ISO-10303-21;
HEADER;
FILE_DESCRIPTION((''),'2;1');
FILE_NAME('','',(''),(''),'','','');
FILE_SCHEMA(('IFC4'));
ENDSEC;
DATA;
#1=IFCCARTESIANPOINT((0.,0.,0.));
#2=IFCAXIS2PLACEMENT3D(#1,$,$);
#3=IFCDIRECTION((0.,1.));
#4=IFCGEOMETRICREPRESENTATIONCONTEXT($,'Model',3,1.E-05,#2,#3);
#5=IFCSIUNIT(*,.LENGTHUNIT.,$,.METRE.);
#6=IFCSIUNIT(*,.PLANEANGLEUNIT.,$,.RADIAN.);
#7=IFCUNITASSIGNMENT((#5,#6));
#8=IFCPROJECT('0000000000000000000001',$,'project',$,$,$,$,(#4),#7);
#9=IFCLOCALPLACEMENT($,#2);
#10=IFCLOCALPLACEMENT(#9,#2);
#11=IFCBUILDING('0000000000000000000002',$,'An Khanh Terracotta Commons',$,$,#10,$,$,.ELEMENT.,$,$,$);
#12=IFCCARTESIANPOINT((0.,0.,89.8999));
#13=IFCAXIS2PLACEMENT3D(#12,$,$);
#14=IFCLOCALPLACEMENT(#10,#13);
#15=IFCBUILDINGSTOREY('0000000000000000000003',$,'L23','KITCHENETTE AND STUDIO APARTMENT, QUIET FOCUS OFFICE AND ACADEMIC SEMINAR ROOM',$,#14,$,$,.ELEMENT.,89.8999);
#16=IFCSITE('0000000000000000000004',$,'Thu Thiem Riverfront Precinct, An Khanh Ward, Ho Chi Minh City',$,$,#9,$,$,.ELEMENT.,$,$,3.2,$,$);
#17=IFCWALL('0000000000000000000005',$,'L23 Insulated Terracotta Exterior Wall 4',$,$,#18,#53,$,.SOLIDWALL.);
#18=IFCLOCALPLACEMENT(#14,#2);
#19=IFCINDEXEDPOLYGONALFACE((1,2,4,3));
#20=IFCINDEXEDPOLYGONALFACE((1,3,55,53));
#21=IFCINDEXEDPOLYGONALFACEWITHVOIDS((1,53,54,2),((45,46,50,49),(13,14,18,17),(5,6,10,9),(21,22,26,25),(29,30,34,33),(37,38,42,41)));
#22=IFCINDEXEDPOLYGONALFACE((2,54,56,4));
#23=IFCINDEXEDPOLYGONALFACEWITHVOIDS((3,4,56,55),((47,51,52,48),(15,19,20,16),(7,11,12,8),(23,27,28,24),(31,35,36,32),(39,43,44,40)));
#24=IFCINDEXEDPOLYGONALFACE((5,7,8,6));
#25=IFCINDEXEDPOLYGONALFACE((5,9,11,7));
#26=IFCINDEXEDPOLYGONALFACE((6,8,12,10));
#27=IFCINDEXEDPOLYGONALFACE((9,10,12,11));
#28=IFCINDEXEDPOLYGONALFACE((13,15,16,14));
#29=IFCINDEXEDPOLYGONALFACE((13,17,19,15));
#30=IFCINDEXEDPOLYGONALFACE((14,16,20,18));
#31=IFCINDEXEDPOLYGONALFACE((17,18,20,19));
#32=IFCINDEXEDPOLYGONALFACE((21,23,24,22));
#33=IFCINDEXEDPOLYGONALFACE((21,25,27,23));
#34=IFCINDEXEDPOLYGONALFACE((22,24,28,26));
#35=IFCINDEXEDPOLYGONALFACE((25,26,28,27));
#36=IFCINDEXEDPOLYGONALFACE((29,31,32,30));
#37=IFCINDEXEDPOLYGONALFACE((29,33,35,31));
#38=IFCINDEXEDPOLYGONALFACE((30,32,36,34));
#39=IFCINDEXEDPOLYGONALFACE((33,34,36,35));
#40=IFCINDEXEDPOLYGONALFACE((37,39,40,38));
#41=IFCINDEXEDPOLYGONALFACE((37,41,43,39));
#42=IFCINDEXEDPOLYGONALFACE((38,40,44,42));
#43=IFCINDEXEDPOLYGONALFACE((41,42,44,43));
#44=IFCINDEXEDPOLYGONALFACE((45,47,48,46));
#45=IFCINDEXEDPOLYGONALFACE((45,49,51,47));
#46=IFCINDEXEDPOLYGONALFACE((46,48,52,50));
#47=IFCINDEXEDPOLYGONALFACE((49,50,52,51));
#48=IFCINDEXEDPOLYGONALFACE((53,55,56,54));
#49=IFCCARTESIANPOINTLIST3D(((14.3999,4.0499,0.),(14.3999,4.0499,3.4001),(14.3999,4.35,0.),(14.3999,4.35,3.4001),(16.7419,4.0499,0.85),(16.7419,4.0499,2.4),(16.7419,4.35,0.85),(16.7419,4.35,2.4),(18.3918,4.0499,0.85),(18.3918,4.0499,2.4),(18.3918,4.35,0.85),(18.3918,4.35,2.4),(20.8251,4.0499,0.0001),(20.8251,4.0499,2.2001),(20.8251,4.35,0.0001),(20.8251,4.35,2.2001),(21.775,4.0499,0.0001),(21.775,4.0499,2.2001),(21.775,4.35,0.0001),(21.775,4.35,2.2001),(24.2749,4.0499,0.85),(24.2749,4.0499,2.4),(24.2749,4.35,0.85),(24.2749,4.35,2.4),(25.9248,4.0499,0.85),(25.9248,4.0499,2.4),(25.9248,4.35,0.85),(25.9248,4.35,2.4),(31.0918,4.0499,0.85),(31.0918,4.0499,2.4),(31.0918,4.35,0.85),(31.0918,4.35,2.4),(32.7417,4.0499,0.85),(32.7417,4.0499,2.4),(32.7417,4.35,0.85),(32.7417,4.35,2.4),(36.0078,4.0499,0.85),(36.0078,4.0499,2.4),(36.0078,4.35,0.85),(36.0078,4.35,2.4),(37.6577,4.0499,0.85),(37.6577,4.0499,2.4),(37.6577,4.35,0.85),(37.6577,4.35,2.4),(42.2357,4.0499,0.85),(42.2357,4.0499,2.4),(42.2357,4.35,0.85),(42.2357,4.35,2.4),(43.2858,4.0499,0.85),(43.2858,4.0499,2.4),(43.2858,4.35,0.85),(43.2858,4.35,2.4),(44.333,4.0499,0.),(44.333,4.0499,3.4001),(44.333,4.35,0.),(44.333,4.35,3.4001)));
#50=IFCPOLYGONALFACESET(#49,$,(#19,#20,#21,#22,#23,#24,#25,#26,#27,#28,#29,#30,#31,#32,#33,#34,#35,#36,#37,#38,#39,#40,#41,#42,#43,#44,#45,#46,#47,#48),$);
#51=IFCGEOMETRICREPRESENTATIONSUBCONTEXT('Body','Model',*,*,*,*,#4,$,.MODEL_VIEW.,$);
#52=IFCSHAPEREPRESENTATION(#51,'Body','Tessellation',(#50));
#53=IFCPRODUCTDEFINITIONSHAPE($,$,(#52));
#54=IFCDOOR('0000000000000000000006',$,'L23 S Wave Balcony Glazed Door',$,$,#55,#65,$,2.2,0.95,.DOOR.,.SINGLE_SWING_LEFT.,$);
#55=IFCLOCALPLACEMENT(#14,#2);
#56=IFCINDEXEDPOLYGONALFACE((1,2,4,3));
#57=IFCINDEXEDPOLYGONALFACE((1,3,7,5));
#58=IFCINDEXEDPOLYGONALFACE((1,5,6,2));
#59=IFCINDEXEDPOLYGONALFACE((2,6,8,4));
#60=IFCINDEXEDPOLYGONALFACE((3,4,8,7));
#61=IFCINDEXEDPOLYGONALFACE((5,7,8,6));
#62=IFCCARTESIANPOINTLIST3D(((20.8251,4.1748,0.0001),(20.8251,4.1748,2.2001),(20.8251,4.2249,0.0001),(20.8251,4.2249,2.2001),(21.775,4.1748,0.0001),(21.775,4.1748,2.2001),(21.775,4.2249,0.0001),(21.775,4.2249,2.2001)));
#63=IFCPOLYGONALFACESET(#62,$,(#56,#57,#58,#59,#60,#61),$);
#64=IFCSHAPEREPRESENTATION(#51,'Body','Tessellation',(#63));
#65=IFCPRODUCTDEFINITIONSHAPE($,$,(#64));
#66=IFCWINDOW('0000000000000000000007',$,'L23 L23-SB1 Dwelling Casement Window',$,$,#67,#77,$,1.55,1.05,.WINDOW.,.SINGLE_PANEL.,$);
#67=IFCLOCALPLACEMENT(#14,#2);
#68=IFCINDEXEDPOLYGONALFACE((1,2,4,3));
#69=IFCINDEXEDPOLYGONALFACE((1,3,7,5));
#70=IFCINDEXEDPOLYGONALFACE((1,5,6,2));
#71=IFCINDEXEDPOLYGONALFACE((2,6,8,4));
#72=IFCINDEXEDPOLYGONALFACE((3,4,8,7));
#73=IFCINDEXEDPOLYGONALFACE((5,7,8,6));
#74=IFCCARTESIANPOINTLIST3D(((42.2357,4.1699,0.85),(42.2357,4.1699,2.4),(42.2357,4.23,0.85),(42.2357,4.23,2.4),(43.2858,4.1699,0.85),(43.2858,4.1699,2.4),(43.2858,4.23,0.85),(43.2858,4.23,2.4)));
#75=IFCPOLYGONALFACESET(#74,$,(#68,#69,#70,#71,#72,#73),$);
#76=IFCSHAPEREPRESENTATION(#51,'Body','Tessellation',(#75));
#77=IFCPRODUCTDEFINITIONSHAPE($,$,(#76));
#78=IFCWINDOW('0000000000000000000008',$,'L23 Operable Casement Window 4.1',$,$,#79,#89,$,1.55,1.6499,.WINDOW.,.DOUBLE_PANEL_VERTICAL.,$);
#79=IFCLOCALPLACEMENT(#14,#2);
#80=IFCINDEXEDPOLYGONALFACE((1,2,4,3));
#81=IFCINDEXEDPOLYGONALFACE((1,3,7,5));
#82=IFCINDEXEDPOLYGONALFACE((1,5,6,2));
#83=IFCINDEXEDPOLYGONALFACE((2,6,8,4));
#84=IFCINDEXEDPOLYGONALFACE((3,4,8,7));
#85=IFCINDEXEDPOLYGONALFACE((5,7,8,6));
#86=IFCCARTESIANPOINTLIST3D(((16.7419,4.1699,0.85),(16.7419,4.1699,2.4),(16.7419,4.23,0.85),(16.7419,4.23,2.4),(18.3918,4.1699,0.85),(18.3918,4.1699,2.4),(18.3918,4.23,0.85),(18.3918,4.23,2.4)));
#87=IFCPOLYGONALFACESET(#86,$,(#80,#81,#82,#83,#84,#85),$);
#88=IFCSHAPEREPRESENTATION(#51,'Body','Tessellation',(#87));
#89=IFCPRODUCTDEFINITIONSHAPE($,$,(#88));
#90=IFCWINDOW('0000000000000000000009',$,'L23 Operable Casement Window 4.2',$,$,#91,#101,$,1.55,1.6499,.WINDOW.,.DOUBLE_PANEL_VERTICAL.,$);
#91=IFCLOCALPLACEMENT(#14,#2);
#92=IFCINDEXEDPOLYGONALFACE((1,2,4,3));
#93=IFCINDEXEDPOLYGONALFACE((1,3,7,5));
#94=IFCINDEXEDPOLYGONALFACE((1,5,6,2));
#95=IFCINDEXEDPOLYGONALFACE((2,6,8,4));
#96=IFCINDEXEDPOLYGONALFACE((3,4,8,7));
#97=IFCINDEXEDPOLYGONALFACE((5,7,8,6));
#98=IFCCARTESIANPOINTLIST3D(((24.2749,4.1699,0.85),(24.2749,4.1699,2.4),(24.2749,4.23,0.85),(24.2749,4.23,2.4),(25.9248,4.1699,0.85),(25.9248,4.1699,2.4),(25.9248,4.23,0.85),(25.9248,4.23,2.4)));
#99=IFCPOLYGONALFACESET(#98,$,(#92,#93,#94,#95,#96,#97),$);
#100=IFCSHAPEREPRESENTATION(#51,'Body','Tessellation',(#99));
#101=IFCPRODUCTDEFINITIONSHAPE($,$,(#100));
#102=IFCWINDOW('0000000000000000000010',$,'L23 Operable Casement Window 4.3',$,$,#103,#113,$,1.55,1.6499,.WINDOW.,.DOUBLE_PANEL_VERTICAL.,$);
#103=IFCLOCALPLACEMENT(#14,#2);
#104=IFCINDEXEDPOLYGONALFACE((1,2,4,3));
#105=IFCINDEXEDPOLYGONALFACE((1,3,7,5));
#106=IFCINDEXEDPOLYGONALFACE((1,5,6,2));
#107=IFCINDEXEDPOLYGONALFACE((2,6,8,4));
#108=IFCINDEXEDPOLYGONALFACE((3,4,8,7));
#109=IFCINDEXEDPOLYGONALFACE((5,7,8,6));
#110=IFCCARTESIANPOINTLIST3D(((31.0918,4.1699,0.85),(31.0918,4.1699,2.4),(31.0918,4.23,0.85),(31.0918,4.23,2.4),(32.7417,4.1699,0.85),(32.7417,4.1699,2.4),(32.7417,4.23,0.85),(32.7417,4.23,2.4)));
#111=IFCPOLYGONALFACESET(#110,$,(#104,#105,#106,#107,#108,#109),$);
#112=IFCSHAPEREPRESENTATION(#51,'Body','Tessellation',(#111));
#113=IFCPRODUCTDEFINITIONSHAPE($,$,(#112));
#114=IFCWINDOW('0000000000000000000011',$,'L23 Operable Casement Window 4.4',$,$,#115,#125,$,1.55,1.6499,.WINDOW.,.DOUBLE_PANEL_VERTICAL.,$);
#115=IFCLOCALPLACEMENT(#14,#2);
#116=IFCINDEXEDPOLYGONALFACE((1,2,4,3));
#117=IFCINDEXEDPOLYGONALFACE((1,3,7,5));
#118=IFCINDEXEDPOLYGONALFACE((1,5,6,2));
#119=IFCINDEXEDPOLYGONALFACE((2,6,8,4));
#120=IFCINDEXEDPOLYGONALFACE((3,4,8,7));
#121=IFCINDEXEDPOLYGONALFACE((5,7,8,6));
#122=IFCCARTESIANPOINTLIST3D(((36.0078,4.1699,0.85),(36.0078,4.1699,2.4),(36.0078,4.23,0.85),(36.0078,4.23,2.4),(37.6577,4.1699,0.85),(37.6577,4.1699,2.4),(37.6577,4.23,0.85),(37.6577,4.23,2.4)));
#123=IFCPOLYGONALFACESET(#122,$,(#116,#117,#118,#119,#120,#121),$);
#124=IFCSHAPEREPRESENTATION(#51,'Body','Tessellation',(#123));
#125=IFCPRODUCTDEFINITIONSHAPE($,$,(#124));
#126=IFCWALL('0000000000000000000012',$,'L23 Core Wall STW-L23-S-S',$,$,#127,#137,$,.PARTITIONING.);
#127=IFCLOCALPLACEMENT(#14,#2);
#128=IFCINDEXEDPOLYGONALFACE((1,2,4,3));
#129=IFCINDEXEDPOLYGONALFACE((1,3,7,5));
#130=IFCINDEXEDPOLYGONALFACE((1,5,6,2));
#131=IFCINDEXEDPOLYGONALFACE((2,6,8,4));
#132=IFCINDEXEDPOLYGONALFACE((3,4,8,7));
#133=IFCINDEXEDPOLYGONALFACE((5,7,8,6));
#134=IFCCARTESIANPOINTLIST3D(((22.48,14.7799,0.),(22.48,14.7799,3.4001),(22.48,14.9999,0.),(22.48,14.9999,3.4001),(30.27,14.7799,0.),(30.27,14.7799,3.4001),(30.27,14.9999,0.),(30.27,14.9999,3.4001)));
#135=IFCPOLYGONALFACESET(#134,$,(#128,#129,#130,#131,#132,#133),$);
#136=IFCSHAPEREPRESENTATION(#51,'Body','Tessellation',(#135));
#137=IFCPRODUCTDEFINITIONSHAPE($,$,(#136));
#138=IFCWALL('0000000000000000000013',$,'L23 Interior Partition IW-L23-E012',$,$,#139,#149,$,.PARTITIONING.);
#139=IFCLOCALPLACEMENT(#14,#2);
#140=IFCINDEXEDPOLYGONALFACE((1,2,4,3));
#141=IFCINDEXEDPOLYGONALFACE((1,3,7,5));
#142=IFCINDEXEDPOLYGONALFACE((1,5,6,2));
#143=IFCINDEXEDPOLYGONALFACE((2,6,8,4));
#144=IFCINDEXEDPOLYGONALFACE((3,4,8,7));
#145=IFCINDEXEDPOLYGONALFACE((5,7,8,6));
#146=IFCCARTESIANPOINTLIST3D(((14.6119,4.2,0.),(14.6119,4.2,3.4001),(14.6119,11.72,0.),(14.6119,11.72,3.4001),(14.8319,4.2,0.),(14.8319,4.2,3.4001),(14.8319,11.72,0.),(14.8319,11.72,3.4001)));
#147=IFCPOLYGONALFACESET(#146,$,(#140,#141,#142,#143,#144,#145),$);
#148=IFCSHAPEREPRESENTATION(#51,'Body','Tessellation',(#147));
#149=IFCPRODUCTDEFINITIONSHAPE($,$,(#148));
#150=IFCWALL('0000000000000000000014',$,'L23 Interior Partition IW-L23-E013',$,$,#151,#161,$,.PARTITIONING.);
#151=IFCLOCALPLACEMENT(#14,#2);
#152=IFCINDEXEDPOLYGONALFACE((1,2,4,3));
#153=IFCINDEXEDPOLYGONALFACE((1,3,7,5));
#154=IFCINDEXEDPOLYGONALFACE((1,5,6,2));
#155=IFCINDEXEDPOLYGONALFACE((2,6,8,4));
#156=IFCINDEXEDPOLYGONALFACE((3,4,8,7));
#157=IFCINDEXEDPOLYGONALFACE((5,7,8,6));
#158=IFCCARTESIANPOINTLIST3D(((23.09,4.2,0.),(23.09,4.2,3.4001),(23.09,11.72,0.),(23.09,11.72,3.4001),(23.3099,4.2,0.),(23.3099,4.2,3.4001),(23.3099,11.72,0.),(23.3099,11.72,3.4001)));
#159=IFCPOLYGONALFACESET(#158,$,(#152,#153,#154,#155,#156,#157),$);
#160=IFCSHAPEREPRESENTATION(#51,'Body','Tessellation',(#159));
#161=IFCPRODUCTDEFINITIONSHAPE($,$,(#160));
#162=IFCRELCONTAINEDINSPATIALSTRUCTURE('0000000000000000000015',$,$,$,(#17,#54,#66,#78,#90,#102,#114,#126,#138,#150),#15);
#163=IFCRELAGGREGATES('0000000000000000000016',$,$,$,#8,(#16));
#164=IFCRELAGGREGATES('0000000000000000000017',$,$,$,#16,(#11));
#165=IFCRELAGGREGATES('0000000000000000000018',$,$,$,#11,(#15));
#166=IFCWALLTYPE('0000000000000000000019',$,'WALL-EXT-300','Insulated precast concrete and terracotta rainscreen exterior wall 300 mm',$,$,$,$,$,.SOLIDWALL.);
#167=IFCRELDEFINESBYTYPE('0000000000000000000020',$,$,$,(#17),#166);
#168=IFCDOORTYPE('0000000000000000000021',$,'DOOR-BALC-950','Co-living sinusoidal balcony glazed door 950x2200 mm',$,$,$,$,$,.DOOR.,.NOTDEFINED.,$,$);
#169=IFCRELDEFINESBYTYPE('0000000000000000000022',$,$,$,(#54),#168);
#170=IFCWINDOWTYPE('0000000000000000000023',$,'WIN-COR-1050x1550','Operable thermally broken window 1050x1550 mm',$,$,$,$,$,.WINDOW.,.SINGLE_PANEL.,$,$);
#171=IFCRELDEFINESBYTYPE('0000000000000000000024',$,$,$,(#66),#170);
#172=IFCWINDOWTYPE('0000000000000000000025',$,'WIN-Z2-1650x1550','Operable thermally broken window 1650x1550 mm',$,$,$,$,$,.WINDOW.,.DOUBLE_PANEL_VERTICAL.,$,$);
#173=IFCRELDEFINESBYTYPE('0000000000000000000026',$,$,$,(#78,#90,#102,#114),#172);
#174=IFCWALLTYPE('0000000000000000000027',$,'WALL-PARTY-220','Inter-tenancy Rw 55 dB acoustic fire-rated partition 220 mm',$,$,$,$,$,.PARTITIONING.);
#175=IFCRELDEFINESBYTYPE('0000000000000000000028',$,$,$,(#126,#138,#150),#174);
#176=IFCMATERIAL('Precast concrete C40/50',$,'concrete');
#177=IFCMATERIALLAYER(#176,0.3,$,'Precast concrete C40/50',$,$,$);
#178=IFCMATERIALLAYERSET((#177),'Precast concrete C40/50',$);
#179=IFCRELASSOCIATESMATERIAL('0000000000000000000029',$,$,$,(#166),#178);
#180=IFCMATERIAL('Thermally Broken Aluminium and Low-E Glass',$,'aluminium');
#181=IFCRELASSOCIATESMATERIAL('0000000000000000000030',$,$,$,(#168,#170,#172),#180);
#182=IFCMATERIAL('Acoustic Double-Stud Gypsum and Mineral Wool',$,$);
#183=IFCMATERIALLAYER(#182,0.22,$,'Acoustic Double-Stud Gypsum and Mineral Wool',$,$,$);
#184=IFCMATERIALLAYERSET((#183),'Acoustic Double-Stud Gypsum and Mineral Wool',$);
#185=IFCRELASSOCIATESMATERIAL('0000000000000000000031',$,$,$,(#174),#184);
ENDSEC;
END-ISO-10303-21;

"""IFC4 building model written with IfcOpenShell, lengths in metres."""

from ifc_helpers import new_model, si_unit, direction, frame, frame_2d, origin, place, context, subcontext, project, spatial, rectangle, extrude, material, layer, layer_set, type_object, element, fill, save


model = new_model("IFC4")

# Units and contexts
model_context = context("Model", 3, precision=1e-05, world=origin(), true_north=direction((0.0, 1.0)))
body_context = subcontext(model_context, "Body", "Model", "MODEL_VIEW")
ifc_project = project(units=[si_unit("LENGTHUNIT", "METRE"), si_unit("PLANEANGLEUNIT", "RADIAN")], contexts=[model_context])

# Site, building, storey
site_placement = place(None, origin())
site = spatial("IfcSite", under=ifc_project, at=site_placement, Name="Thu Thiem Riverfront Precinct, An Khanh Ward, Ho Chi Minh City", CompositionType="ELEMENT", RefElevation=3.2)
building_placement = place(site_placement, origin())
building = spatial("IfcBuilding", under=site, at=building_placement, Name="An Khanh Terracotta Commons", CompositionType="ELEMENT")
storey_placement = place(building_placement, frame((0.0, 0.0, 89.8999)))
storey = spatial("IfcBuildingStorey", under=building, at=storey_placement, Name="L23", Description="KITCHENETTE AND STUDIO APARTMENT, QUIET FOCUS OFFICE AND ACADEMIC SEMINAR ROOM", CompositionType="ELEMENT", Elevation=89.8999)

# Shared definitions
ifc_material_1 = material(Name="Precast concrete C40/50", Category="concrete")
ifc_layer_1 = layer(ifc_material_1, 0.3, Name="Precast concrete C40/50")
ifc_layer_set_1 = layer_set([ifc_layer_1], Name="Precast concrete C40/50")
wall_type_1 = type_object("IfcWallType", Name="WALL-EXT-300", Description="Insulated precast concrete and terracotta rainscreen exterior wall 300 mm", PredefinedType="SOLIDWALL", material=ifc_layer_set_1)

# Wall, openings, door, windows
wall_1_placement = place(storey_placement, frame((14.3999, 4.2, 0.0), z_axis=(0.0, 0.0, 1.0), x_axis=(1.0, 0.0, 0.0)))
wall_1 = element("IfcWall", 1, at=wall_1_placement, inside=storey, type_object=wall_type_1, Name="L23 Insulated Terracotta Exterior Wall 4", PredefinedType="SOLIDWALL", context=body_context, shape_type="SweptSolid", body=[
    extrude(rectangle(XDim=29.9331, YDim=0.3, at=frame_2d((14.9666, 0.0))), origin(), (0.0, 0.0, 1.0), 3.4001),
])
opening_1_placement = place(wall_1_placement, frame((6.425, 0.0, 0.0)))
opening_1 = element("IfcOpeningElement", 2, at=opening_1_placement, cuts=wall_1, PredefinedType="OPENING", context=body_context, shape_type="SweptSolid", body=[
    extrude(rectangle(XDim=0.95, YDim=2.2, at=frame_2d((0.4751, 1.1001))), frame((0.0, 0.1599, 0.0), z_axis=(0.0, -1.0, 0.0), x_axis=(1.0, 0.0, 0.0)), (0.0, 0.0, 1.0), 0.3201),
])
opening_2_placement = place(wall_1_placement, frame((2.342, 0.0, 0.8501)))
opening_2 = element("IfcOpeningElement", 3, at=opening_2_placement, cuts=wall_1, PredefinedType="OPENING", context=body_context, shape_type="SweptSolid", body=[
    extrude(rectangle(XDim=1.6499, YDim=1.55, at=frame_2d((0.825, 0.7749))), frame((0.0, 0.1599, 0.0), z_axis=(0.0, -1.0, 0.0), x_axis=(1.0, 0.0, 0.0)), (0.0, 0.0, 1.0), 0.3201),
])
opening_3_placement = place(wall_1_placement, frame((9.875, 0.0, 0.8501)))
opening_3 = element("IfcOpeningElement", 4, at=opening_3_placement, cuts=wall_1, PredefinedType="OPENING", context=body_context, shape_type="SweptSolid", body=[
    extrude(rectangle(XDim=1.6499, YDim=1.55, at=frame_2d((0.825, 0.7749))), frame((0.0, 0.1599, 0.0), z_axis=(0.0, -1.0, 0.0), x_axis=(1.0, 0.0, 0.0)), (0.0, 0.0, 1.0), 0.3201),
])
opening_4_placement = place(wall_1_placement, frame((16.6919, 0.0, 0.8501)))
opening_4 = element("IfcOpeningElement", 5, at=opening_4_placement, cuts=wall_1, PredefinedType="OPENING", context=body_context, shape_type="SweptSolid", body=[
    extrude(rectangle(XDim=1.6499, YDim=1.55, at=frame_2d((0.825, 0.7749))), frame((0.0, 0.1599, 0.0), z_axis=(0.0, -1.0, 0.0), x_axis=(1.0, 0.0, 0.0)), (0.0, 0.0, 1.0), 0.3201),
])
opening_5_placement = place(wall_1_placement, frame((21.6079, 0.0, 0.8501)))
opening_5 = element("IfcOpeningElement", 6, at=opening_5_placement, cuts=wall_1, PredefinedType="OPENING", context=body_context, shape_type="SweptSolid", body=[
    extrude(rectangle(XDim=1.6499, YDim=1.55, at=frame_2d((0.825, 0.7749))), frame((0.0, 0.1599, 0.0), z_axis=(0.0, -1.0, 0.0), x_axis=(1.0, 0.0, 0.0)), (0.0, 0.0, 1.0), 0.3201),
])
opening_6_placement = place(wall_1_placement, frame((27.8359, 0.0, 0.8501)))
opening_6 = element("IfcOpeningElement", 7, at=opening_6_placement, cuts=wall_1, PredefinedType="OPENING", context=body_context, shape_type="SweptSolid", body=[
    extrude(rectangle(XDim=1.05, YDim=1.55, at=frame_2d((0.5249, 0.7749))), frame((0.0, 0.1599, 0.0), z_axis=(0.0, -1.0, 0.0), x_axis=(1.0, 0.0, 0.0)), (0.0, 0.0, 1.0), 0.3201),
])
ifc_material_2 = material(Name="Thermally Broken Aluminium and Low-E Glass", Category="aluminium")
door_type_1 = type_object("IfcDoorType", Name="DOOR-BALC-950", Description="Co-living sinusoidal balcony glazed door 950x2200 mm", OperationType="NOTDEFINED", PredefinedType="DOOR", material=ifc_material_2)
door_1_placement = place(opening_1_placement, origin())
door_1 = element("IfcDoor", 8, at=door_1_placement, inside=storey, type_object=door_type_1, Name="L23 S Wave Balcony Glazed Door", OperationType="SINGLE_SWING_LEFT", OverallHeight=2.2, OverallWidth=0.95, PredefinedType="DOOR", context=body_context, shape_type="SweptSolid", body=[
    extrude(rectangle(XDim=0.95, YDim=2.2, at=frame_2d((0.4751, 1.1001))), frame((0.0, 0.0249, 0.0), z_axis=(0.0, -1.0, 0.0), x_axis=(1.0, 0.0, 0.0)), (0.0, 0.0, 1.0), 0.05),
])
fill(opening_1, door_1)
window_type_1 = type_object("IfcWindowType", Name="WIN-COR-1050x1550", Description="Operable thermally broken window 1050x1550 mm", PartitioningType="SINGLE_PANEL", PredefinedType="WINDOW", material=ifc_material_2)
window_1_placement = place(opening_6_placement, origin())
window_1 = element("IfcWindow", 9, at=window_1_placement, inside=storey, type_object=window_type_1, Name="L23 L23-SB1 Dwelling Casement Window", OverallHeight=1.55, OverallWidth=1.05, PartitioningType="SINGLE_PANEL", PredefinedType="WINDOW", context=body_context, shape_type="SweptSolid", body=[
    extrude(rectangle(XDim=1.05, YDim=1.55, at=frame_2d((0.5249, 0.7749))), frame((0.0, 0.03, 0.0), z_axis=(0.0, -1.0, 0.0), x_axis=(1.0, 0.0, 0.0)), (0.0, 0.0, 1.0), 0.0601),
])
fill(opening_6, window_1)
window_type_2 = type_object("IfcWindowType", Name="WIN-Z2-1650x1550", Description="Operable thermally broken window 1650x1550 mm", PartitioningType="DOUBLE_PANEL_VERTICAL", PredefinedType="WINDOW", material=ifc_material_2)
window_2_placement = place(opening_2_placement, origin())
window_2 = element("IfcWindow", 10, at=window_2_placement, inside=storey, type_object=window_type_2, Name="L23 Operable Casement Window 4.1", OverallHeight=1.55, OverallWidth=1.6499, PartitioningType="DOUBLE_PANEL_VERTICAL", PredefinedType="WINDOW", context=body_context, shape_type="SweptSolid", body=[
    extrude(rectangle(XDim=1.6499, YDim=1.55, at=frame_2d((0.825, 0.7749))), frame((0.0, 0.03, 0.0), z_axis=(0.0, -1.0, 0.0), x_axis=(1.0, 0.0, 0.0)), (0.0, 0.0, 1.0), 0.0601),
])
fill(opening_2, window_2)
window_3_placement = place(opening_3_placement, origin())
window_3 = element("IfcWindow", 11, at=window_3_placement, inside=storey, type_object=window_type_2, Name="L23 Operable Casement Window 4.2", OverallHeight=1.55, OverallWidth=1.6499, PartitioningType="DOUBLE_PANEL_VERTICAL", PredefinedType="WINDOW", context=body_context, shape_type="SweptSolid", body=[
    extrude(rectangle(XDim=1.6499, YDim=1.55, at=frame_2d((0.825, 0.7749))), frame((0.0, 0.03, 0.0), z_axis=(0.0, -1.0, 0.0), x_axis=(1.0, 0.0, 0.0)), (0.0, 0.0, 1.0), 0.0601),
])
fill(opening_3, window_3)
window_4_placement = place(opening_4_placement, origin())
window_4 = element("IfcWindow", 12, at=window_4_placement, inside=storey, type_object=window_type_2, Name="L23 Operable Casement Window 4.3", OverallHeight=1.55, OverallWidth=1.6499, PartitioningType="DOUBLE_PANEL_VERTICAL", PredefinedType="WINDOW", context=body_context, shape_type="SweptSolid", body=[
    extrude(rectangle(XDim=1.6499, YDim=1.55, at=frame_2d((0.825, 0.7749))), frame((0.0, 0.03, 0.0), z_axis=(0.0, -1.0, 0.0), x_axis=(1.0, 0.0, 0.0)), (0.0, 0.0, 1.0), 0.0601),
])
fill(opening_4, window_4)
window_5_placement = place(opening_5_placement, origin())
window_5 = element("IfcWindow", 13, at=window_5_placement, inside=storey, type_object=window_type_2, Name="L23 Operable Casement Window 4.4", OverallHeight=1.55, OverallWidth=1.6499, PartitioningType="DOUBLE_PANEL_VERTICAL", PredefinedType="WINDOW", context=body_context, shape_type="SweptSolid", body=[
    extrude(rectangle(XDim=1.6499, YDim=1.55, at=frame_2d((0.825, 0.7749))), frame((0.0, 0.03, 0.0), z_axis=(0.0, -1.0, 0.0), x_axis=(1.0, 0.0, 0.0)), (0.0, 0.0, 1.0), 0.0601),
])
fill(opening_5, window_5)

# Walls
ifc_material_3 = material(Name="Acoustic Double-Stud Gypsum and Mineral Wool")
ifc_layer_2 = layer(ifc_material_3, 0.22, Name="Acoustic Double-Stud Gypsum and Mineral Wool")
ifc_layer_set_2 = layer_set([ifc_layer_2], Name="Acoustic Double-Stud Gypsum and Mineral Wool")
wall_type_2 = type_object("IfcWallType", Name="WALL-PARTY-220", Description="Inter-tenancy Rw 55 dB acoustic fire-rated partition 220 mm", PredefinedType="PARTITIONING", material=ifc_layer_set_2)
wall_2_placement = place(storey_placement, frame((22.48, 14.8899, 0.0), z_axis=(0.0, 0.0, 1.0), x_axis=(1.0, 0.0, 0.0)))
element("IfcWall", 14, at=wall_2_placement, inside=storey, type_object=wall_type_2, Name="L23 Core Wall STW-L23-S-S", PredefinedType="PARTITIONING", context=body_context, shape_type="SweptSolid", body=[
    extrude(rectangle(XDim=7.79, YDim=0.22, at=frame_2d((3.895, 0.0))), origin(), (0.0, 0.0, 1.0), 3.4001),
])
for number, where, z_axis, x_axis, name in (
    (15, (14.7219, 4.2, 0.0), (0.0, 0.0, 1.0), (0.0, 1.0, 0.0), "L23 Interior Partition IW-L23-E012"),
    (16, (23.2, 4.2, 0.0), (0.0, 0.0, 1.0), (0.0, 1.0, 0.0), "L23 Interior Partition IW-L23-E013"),
):
    element("IfcWall", number, at=place(storey_placement, frame(where, z_axis=z_axis, x_axis=x_axis)), inside=storey, type_object=wall_type_2, Name=name, PredefinedType="PARTITIONING", context=body_context, shape_type="SweptSolid", body=[
        extrude(rectangle(XDim=7.52, YDim=0.22, at=frame_2d((3.76, 0.0))), origin(), (0.0, 0.0, 1.0), 3.4001),
    ])

save(model, "model.ifc")
